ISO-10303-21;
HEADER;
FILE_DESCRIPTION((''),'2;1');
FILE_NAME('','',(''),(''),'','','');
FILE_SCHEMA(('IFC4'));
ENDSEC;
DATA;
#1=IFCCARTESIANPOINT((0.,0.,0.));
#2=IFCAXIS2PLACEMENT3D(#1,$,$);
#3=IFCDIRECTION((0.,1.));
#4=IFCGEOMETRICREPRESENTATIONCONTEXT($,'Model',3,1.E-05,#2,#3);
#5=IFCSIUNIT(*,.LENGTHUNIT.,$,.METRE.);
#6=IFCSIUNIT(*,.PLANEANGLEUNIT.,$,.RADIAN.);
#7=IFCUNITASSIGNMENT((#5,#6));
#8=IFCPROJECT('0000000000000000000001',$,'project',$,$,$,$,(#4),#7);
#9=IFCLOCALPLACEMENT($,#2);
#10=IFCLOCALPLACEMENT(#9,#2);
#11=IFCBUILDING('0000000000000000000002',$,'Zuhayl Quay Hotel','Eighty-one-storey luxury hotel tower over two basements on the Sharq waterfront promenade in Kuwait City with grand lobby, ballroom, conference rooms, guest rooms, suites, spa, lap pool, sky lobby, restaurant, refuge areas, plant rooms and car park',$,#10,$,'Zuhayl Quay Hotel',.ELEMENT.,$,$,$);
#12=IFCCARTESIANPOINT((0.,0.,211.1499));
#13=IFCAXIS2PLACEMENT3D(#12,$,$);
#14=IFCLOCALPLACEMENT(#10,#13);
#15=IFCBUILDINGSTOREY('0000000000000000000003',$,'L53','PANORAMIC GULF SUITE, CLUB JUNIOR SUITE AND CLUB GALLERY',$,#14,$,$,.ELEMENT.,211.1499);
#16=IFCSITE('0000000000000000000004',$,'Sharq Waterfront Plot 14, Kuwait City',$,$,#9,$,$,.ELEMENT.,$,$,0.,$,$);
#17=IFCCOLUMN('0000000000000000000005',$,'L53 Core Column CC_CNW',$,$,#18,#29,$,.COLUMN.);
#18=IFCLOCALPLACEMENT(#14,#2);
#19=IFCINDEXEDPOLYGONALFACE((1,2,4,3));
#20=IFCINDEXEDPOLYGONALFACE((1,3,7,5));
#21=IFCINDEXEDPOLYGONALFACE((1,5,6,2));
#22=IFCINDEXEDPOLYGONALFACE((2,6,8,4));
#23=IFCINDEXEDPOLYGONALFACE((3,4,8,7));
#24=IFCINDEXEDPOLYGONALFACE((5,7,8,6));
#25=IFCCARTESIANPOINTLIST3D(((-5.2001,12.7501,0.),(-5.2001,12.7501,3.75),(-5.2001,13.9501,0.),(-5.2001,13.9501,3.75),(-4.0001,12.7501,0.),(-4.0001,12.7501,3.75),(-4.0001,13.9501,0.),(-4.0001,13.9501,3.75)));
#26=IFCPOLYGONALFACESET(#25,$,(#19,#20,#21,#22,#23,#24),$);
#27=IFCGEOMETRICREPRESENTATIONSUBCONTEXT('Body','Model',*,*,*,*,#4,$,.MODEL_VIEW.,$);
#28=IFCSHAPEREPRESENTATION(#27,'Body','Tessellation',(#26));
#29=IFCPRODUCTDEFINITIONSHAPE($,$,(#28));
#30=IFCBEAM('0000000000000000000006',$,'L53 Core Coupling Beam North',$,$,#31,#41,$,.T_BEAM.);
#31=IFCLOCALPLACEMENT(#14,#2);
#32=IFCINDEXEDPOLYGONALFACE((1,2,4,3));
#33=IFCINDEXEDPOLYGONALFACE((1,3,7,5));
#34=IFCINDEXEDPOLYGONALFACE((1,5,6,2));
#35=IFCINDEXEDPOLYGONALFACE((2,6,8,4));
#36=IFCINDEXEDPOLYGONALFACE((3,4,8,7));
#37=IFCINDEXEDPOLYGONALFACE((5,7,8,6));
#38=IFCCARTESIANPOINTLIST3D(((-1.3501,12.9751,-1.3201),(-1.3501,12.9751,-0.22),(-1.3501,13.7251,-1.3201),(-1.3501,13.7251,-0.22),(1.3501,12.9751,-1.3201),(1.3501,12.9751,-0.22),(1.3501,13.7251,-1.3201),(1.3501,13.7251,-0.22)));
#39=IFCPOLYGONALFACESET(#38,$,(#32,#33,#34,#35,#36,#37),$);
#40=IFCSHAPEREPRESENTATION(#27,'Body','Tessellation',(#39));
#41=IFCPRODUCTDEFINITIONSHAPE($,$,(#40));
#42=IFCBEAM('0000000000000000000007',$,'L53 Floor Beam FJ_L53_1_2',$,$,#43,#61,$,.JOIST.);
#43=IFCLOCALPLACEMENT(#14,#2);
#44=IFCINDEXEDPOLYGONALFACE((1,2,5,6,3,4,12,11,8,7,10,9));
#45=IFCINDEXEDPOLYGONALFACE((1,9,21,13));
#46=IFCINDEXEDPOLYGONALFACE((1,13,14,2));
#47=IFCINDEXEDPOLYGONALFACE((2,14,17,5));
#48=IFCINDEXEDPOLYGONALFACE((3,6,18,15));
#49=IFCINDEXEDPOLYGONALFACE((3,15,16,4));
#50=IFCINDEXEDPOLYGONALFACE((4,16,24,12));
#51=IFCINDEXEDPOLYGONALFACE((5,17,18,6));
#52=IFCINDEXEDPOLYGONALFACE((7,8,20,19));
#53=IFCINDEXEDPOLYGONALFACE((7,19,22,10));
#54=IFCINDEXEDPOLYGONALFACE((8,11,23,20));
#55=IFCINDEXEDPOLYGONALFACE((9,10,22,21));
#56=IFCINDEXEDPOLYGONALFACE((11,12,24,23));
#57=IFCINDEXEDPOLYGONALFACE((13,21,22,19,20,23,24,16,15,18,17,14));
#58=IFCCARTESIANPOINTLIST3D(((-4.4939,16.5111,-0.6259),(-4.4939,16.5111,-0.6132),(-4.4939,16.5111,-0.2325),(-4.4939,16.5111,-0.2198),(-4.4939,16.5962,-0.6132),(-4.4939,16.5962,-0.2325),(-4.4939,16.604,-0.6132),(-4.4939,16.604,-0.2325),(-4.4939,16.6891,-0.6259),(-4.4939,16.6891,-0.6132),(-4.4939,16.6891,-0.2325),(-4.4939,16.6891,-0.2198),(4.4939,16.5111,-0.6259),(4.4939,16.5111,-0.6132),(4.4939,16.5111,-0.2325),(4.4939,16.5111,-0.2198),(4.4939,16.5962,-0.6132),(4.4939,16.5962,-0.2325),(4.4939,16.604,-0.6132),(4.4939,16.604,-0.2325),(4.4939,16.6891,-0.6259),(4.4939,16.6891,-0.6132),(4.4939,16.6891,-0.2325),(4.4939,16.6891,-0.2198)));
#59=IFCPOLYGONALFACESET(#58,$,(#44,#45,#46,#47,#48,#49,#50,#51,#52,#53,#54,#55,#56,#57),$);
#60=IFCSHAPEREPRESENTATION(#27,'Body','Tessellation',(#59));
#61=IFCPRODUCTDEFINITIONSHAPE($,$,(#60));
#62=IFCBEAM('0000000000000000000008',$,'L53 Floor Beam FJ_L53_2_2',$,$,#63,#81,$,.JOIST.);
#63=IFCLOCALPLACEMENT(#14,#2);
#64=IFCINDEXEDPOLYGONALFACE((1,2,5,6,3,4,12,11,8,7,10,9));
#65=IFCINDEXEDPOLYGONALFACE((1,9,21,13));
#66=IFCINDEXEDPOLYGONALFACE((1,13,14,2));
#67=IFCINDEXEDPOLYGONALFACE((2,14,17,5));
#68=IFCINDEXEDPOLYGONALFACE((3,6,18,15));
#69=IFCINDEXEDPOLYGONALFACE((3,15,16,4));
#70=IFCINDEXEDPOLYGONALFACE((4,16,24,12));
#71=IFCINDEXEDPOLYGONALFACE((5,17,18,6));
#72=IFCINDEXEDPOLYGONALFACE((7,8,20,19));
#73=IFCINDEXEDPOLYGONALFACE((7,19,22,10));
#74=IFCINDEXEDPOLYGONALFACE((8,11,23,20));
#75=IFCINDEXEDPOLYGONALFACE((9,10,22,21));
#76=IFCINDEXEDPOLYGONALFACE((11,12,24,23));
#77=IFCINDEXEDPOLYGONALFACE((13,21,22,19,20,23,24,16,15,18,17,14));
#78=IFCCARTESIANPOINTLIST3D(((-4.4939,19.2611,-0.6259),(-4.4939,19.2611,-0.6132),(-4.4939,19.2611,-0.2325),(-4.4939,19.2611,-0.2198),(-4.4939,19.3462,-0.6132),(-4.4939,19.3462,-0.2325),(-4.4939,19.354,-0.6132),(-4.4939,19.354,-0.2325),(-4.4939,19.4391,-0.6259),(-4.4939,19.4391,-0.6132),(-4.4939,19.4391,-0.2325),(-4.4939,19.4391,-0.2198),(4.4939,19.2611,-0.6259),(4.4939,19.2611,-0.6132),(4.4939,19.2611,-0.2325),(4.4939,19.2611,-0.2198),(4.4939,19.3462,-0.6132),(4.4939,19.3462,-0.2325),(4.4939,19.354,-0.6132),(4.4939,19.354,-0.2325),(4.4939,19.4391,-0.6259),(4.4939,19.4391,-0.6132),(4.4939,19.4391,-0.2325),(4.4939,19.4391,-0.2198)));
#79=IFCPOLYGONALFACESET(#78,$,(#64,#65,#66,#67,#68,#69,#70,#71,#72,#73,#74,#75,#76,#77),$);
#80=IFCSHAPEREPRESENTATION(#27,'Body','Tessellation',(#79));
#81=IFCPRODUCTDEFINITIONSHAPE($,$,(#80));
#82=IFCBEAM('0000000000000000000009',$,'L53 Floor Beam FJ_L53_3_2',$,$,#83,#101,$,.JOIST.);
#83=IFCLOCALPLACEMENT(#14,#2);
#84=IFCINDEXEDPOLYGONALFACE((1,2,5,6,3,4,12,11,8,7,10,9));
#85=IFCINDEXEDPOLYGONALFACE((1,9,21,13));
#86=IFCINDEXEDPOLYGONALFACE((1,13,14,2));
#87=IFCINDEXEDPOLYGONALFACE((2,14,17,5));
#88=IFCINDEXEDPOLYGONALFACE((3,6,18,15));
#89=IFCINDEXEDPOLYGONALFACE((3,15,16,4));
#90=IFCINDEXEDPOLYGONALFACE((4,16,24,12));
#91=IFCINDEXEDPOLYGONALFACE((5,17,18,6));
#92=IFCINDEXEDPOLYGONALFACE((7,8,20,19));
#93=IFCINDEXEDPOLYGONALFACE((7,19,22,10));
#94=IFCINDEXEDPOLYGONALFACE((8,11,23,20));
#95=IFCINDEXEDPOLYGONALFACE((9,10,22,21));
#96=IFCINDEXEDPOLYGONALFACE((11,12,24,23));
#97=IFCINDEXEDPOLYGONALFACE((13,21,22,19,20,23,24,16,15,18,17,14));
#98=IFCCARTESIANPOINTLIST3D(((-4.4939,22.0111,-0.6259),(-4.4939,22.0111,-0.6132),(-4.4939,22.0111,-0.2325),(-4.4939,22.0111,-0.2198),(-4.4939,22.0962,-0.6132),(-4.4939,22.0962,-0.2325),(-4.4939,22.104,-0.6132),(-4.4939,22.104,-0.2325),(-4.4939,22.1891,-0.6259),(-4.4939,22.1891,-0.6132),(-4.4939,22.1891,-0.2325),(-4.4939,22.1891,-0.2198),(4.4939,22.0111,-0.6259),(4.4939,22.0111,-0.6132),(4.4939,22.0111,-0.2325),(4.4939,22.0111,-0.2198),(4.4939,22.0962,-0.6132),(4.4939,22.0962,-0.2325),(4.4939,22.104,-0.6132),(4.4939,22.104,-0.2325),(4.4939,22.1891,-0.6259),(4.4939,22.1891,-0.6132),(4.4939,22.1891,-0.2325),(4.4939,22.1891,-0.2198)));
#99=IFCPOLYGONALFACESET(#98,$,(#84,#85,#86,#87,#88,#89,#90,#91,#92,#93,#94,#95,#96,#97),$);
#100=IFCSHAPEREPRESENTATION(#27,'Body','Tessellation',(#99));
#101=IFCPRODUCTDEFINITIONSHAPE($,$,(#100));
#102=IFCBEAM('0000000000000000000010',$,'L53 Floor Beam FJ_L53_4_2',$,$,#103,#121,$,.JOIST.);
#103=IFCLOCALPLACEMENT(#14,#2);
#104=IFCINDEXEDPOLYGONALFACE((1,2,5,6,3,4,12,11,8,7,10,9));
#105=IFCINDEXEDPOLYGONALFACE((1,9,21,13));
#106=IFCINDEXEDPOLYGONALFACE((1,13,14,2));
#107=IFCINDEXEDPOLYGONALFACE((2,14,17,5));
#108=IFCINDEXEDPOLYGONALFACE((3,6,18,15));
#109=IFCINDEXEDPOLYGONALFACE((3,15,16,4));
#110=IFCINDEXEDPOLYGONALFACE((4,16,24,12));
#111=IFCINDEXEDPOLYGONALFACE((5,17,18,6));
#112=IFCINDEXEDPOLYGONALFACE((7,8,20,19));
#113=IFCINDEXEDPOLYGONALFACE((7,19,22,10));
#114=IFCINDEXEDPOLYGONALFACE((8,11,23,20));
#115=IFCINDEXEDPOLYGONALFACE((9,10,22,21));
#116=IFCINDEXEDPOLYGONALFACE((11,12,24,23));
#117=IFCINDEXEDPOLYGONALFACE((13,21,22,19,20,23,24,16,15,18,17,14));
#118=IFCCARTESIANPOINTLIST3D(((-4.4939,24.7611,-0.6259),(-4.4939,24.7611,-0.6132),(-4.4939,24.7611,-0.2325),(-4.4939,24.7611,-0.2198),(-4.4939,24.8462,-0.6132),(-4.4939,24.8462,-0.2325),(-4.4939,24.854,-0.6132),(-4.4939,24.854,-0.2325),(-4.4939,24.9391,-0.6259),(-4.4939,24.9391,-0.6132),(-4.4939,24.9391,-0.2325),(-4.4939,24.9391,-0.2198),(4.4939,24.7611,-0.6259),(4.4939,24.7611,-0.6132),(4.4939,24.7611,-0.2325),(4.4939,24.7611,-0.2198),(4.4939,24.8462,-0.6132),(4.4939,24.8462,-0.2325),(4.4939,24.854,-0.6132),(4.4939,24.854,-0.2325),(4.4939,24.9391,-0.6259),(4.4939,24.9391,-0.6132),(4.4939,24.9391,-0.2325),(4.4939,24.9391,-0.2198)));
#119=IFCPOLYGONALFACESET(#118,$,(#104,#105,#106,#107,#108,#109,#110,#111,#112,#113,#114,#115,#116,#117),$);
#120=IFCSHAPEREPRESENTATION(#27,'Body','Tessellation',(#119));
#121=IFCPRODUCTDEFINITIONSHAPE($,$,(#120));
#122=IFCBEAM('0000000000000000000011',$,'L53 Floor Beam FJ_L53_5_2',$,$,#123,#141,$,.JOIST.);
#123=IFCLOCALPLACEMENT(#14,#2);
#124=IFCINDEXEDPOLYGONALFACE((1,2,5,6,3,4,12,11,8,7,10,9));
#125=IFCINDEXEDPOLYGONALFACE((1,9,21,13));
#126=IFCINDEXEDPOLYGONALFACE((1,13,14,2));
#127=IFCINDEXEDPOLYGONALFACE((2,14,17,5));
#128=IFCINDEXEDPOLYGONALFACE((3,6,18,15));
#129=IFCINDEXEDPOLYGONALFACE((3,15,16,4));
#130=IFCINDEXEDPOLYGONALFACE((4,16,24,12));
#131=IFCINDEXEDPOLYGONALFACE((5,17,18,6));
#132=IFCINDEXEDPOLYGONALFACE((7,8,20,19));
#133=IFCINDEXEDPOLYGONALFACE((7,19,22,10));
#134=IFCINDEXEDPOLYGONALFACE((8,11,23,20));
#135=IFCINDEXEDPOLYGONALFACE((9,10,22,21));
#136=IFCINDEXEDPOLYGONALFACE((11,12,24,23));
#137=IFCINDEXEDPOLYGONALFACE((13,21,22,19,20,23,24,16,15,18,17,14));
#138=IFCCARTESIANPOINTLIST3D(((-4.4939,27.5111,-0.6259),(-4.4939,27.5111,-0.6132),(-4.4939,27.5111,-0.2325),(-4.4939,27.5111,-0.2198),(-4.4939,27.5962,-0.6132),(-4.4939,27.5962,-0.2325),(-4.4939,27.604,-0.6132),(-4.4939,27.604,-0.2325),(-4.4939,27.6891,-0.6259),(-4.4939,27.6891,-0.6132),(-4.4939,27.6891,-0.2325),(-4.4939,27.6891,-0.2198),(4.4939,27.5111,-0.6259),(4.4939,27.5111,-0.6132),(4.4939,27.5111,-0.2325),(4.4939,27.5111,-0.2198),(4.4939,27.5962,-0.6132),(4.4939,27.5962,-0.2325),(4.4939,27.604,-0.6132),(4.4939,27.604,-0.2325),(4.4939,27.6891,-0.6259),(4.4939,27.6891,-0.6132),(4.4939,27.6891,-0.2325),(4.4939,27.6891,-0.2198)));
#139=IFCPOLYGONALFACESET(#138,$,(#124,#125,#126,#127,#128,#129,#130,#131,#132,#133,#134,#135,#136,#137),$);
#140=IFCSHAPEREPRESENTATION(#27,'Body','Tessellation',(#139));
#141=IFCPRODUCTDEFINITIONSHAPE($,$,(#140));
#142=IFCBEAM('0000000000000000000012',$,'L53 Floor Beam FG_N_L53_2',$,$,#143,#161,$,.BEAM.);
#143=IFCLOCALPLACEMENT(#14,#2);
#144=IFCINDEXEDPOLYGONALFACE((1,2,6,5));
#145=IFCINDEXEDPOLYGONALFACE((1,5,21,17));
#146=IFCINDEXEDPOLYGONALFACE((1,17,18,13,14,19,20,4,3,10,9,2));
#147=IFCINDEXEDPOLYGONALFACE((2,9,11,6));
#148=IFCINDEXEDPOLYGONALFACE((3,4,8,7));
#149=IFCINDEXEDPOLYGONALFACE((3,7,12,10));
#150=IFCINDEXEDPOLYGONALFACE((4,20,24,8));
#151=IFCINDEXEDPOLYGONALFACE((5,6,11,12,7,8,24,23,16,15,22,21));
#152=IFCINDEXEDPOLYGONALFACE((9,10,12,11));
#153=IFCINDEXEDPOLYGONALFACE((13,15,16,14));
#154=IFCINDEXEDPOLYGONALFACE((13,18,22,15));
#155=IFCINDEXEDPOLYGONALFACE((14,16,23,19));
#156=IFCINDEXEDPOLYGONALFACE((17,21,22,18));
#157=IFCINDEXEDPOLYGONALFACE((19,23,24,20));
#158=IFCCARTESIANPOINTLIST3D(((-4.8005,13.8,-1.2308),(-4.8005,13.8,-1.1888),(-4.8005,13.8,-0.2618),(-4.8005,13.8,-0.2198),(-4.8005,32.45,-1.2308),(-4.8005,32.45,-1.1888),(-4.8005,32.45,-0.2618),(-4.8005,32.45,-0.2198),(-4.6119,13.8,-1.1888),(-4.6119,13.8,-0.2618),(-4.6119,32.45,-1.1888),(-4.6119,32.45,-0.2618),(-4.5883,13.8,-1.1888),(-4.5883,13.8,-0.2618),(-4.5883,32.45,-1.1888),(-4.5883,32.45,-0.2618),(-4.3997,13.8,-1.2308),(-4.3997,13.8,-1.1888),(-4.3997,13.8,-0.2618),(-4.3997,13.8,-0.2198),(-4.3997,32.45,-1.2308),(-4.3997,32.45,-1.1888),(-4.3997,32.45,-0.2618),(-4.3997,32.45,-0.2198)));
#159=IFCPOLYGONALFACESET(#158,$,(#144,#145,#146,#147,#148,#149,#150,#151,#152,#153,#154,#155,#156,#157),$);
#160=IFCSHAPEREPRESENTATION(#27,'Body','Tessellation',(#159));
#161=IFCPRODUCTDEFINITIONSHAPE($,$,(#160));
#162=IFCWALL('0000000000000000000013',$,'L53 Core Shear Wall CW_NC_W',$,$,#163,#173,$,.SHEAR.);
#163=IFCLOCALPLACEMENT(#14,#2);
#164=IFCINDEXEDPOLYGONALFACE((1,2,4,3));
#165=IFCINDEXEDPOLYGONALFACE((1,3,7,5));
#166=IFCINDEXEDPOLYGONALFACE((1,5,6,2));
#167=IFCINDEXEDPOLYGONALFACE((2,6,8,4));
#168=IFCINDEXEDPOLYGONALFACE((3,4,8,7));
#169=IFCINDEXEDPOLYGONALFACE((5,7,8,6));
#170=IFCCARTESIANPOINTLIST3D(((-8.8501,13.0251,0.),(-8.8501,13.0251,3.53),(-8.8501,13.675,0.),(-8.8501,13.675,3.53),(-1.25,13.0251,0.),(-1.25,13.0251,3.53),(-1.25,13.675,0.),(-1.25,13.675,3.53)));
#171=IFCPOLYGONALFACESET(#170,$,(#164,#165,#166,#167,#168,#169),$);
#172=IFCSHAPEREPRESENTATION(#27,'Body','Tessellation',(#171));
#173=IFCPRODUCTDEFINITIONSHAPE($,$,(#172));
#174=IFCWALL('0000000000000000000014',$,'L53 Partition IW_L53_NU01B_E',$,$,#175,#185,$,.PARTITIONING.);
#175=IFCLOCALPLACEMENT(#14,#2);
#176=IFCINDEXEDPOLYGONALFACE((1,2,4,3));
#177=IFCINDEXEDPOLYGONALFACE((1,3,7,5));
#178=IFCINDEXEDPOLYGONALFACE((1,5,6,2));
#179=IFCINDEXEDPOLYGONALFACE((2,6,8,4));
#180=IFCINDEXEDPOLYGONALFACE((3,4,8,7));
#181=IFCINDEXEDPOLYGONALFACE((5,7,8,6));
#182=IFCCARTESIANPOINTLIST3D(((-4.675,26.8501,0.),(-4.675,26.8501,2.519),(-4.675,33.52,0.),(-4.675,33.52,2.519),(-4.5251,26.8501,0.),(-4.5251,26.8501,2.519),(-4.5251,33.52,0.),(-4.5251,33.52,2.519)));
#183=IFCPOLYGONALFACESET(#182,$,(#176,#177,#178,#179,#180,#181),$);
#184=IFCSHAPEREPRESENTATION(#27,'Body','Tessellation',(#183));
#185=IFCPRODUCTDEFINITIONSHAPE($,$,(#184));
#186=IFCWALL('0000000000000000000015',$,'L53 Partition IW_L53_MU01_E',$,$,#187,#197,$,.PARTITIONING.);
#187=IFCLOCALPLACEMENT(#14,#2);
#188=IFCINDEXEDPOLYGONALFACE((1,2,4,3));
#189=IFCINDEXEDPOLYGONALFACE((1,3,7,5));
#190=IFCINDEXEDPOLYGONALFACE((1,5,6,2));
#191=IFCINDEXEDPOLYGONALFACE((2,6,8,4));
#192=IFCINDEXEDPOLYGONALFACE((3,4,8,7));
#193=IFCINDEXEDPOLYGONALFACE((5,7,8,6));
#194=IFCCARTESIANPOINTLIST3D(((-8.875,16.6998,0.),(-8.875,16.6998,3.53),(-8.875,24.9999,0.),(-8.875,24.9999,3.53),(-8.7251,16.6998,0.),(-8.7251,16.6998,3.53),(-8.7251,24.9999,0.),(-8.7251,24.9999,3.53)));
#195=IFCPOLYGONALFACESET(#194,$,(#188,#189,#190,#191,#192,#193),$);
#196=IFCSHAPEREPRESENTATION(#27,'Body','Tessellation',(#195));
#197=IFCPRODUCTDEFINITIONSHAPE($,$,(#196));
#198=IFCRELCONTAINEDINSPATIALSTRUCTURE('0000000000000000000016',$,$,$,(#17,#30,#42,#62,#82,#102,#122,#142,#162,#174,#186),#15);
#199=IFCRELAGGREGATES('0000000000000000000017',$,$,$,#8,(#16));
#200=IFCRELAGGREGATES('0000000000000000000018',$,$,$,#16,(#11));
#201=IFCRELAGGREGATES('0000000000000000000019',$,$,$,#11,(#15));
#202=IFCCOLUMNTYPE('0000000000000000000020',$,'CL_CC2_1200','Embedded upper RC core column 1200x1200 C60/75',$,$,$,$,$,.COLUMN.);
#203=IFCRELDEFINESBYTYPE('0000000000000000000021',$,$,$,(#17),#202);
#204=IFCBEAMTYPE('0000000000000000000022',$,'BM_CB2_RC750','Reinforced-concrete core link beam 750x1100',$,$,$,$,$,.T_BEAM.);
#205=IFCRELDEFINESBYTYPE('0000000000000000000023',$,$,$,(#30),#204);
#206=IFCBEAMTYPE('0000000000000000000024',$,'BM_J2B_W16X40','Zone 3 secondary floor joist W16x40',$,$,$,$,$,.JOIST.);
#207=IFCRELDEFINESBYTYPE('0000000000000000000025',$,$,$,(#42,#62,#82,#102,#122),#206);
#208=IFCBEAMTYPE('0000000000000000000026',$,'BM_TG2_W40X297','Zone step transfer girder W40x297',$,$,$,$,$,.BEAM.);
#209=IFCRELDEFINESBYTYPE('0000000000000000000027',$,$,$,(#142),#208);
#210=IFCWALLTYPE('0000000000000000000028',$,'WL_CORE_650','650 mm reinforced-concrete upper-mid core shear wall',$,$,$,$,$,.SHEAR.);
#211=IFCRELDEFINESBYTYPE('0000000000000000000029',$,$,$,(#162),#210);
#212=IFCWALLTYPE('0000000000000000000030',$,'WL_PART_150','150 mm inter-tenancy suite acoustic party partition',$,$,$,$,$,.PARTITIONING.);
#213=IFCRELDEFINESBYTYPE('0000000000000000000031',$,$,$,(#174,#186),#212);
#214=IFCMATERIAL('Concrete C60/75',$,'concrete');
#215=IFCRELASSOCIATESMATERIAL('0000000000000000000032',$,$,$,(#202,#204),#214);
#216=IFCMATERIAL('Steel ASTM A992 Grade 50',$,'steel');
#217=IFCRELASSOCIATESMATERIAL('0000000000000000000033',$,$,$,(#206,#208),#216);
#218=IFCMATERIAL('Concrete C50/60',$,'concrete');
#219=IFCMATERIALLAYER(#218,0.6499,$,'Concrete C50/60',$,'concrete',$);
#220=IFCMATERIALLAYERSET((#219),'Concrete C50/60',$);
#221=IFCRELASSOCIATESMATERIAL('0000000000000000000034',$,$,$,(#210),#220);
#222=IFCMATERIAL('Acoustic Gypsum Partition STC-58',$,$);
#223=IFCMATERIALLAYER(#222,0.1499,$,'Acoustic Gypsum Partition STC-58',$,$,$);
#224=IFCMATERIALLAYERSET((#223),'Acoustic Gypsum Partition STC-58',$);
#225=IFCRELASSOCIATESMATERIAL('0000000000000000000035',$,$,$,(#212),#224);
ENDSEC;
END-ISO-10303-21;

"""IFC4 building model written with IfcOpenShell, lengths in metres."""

from ifc_helpers import new_model, si_unit, direction, frame, frame_2d, origin, origin_2d, place, context, subcontext, project, spatial, rectangle, i_section, extrude, material, layer, layer_set, material_profile, profile_set, type_object, element, save


model = new_model("IFC4")

# Units and contexts
model_context = context("Model", 3, precision=1e-05, world=origin(), true_north=direction((0.0, 1.0)))
body_context = subcontext(model_context, "Body", "Model", "MODEL_VIEW")
ifc_project = project(units=[si_unit("LENGTHUNIT", "METRE"), si_unit("PLANEANGLEUNIT", "RADIAN")], contexts=[model_context])

# Site, building, storey
site_placement = place(None, origin())
site = spatial("IfcSite", under=ifc_project, at=site_placement, Name="Sharq Waterfront Plot 14, Kuwait City", CompositionType="ELEMENT", RefElevation=0.0)
building_placement = place(site_placement, origin())
building = spatial("IfcBuilding", under=site, at=building_placement, Name="Zuhayl Quay Hotel", Description="Eighty-one-storey luxury hotel tower over two basements on the Sharq waterfront promenade in Kuwait City with grand lobby, ballroom, conference rooms, guest rooms, suites, spa, lap pool, sky lobby, restaurant, refuge areas, plant rooms and car park", LongName="Zuhayl Quay Hotel", CompositionType="ELEMENT")
storey_placement = place(building_placement, frame((0.0, 0.0, 211.1499)))
storey = spatial("IfcBuildingStorey", under=building, at=storey_placement, Name="L53", Description="PANORAMIC GULF SUITE, CLUB JUNIOR SUITE AND CLUB GALLERY", CompositionType="ELEMENT", Elevation=211.1499)

# Column
ifc_material_1 = material(Name="Concrete C60/75", Category="concrete")
ifc_material_profile_1 = material_profile(ifc_material_1, rectangle(XDim=1.2, YDim=1.2, at=origin_2d()), Name="RC1200X1200")
ifc_profile_set_1 = profile_set([ifc_material_profile_1], Name="Concrete C60/75")
column_type = type_object("IfcColumnType", Name="CL_CC2_1200", Description="Embedded upper RC core column 1200x1200 C60/75", PredefinedType="COLUMN", material=ifc_profile_set_1)
column_placement = place(storey_placement, frame((-4.6001, 13.3501, 0.0), z_axis=(0.0, 0.0, 1.0), x_axis=(1.0, 0.0, 0.0)))
element("IfcColumn", 1, at=column_placement, inside=storey, type_object=column_type, Name="L53 Core Column CC_CNW", PredefinedType="COLUMN", context=body_context, shape_type="SweptSolid", body=[
    extrude(rectangle(XDim=1.2, YDim=1.2, at=origin_2d()), origin(), (0.0, 0.0, 1.0), 3.75),
])

# Beams
ifc_material_profile_2 = material_profile(ifc_material_1, rectangle(XDim=0.75, YDim=1.1001, at=origin_2d()), Name="RC750X1100")
ifc_profile_set_2 = profile_set([ifc_material_profile_2], Name="Concrete C60/75")
beam_type_1 = type_object("IfcBeamType", Name="BM_CB2_RC750", Description="Reinforced-concrete core link beam 750x1100", PredefinedType="T_BEAM", material=ifc_profile_set_2)
beam_1_placement = place(storey_placement, frame((-1.3501, 13.3501, -0.77), z_axis=(1.0, 0.0, 0.0), x_axis=(0.0, 1.0, 0.0)))
element("IfcBeam", 2, at=beam_1_placement, inside=storey, type_object=beam_type_1, Name="L53 Core Coupling Beam North", PredefinedType="T_BEAM", context=body_context, shape_type="SweptSolid", body=[
    extrude(rectangle(XDim=0.75, YDim=1.1001, at=origin_2d()), origin(), (0.0, 0.0, 1.0), 2.7002),
])
ifc_material_2 = material(Name="Steel ASTM A992 Grade 50", Category="steel")
ifc_material_profile_3 = material_profile(ifc_material_2, i_section(OverallWidth=0.178, OverallDepth=0.406, WebThickness=0.0078, FlangeThickness=0.0127, at=origin_2d()), Name="W16X40")
ifc_profile_set_3 = profile_set([ifc_material_profile_3], Name="Steel ASTM A992 Grade 50")
beam_type_2 = type_object("IfcBeamType", Name="BM_J2B_W16X40", Description="Zone 3 secondary floor joist W16x40", PredefinedType="JOIST", material=ifc_profile_set_3)
for number, where, z_axis, x_axis, name in (
    (3, (-4.4939, 16.6001, -0.4229), (1.0, 0.0, 0.0), (0.0, 1.0, 0.0), "L53 Floor Beam FJ_L53_1_2"),
    (4, (-4.4939, 19.3501, -0.4229), (1.0, 0.0, 0.0), (0.0, 1.0, 0.0), "L53 Floor Beam FJ_L53_2_2"),
    (5, (-4.4939, 22.1001, -0.4229), (1.0, 0.0, 0.0), (0.0, 1.0, 0.0), "L53 Floor Beam FJ_L53_3_2"),
    (6, (-4.4939, 24.8501, -0.4229), (1.0, 0.0, 0.0), (0.0, 1.0, 0.0), "L53 Floor Beam FJ_L53_4_2"),
    (7, (-4.4939, 27.6001, -0.4229), (1.0, 0.0, 0.0), (0.0, 1.0, 0.0), "L53 Floor Beam FJ_L53_5_2"),
):
    element("IfcBeam", number, at=place(storey_placement, frame(where, z_axis=z_axis, x_axis=x_axis)), inside=storey, type_object=beam_type_2, Name=name, PredefinedType="JOIST", context=body_context, shape_type="SweptSolid", body=[
        extrude(i_section(OverallWidth=0.178, OverallDepth=0.406, WebThickness=0.0078, FlangeThickness=0.0127, at=origin_2d()), origin(), (0.0, 0.0, 1.0), 8.9878),
    ])
ifc_material_profile_4 = material_profile(ifc_material_2, i_section(OverallWidth=0.4009, OverallDepth=1.011, WebThickness=0.0237, FlangeThickness=0.042, at=origin_2d()), Name="W40X297")
ifc_profile_set_4 = profile_set([ifc_material_profile_4], Name="Steel ASTM A992 Grade 50")
beam_type_3 = type_object("IfcBeamType", Name="BM_TG2_W40X297", Description="Zone step transfer girder W40x297", PredefinedType="BEAM", material=ifc_profile_set_4)
beam_2_placement = place(storey_placement, frame((-4.6001, 13.8, -0.7253), z_axis=(0.0, 1.0, 0.0), x_axis=(-1.0, 0.0, 0.0)))
element("IfcBeam", 8, at=beam_2_placement, inside=storey, type_object=beam_type_3, Name="L53 Floor Beam FG_N_L53_2", PredefinedType="BEAM", context=body_context, shape_type="SweptSolid", body=[
    extrude(i_section(OverallWidth=0.4009, OverallDepth=1.011, WebThickness=0.0237, FlangeThickness=0.042, at=origin_2d()), origin(), (0.0, 0.0, 1.0), 18.6499),
])

# Walls
ifc_material_3 = material(Name="Concrete C50/60", Category="concrete")
ifc_layer_1 = layer(ifc_material_3, 0.6499, Name="Concrete C50/60", Category="concrete")
ifc_layer_set_1 = layer_set([ifc_layer_1], Name="Concrete C50/60")
wall_type_1 = type_object("IfcWallType", Name="WL_CORE_650", Description="650 mm reinforced-concrete upper-mid core shear wall", PredefinedType="SHEAR", material=ifc_layer_set_1)
wall_1_placement = place(storey_placement, frame((-8.8501, 13.3501, 0.0), z_axis=(0.0, 0.0, 1.0), x_axis=(1.0, 0.0, 0.0)))
element("IfcWall", 9, at=wall_1_placement, inside=storey, type_object=wall_type_1, Name="L53 Core Shear Wall CW_NC_W", PredefinedType="SHEAR", context=body_context, shape_type="SweptSolid", body=[
    extrude(rectangle(XDim=7.6001, YDim=0.6499, at=frame_2d((3.8, 0.0))), origin(), (0.0, 0.0, 1.0), 3.53),
])
ifc_material_4 = material(Name="Acoustic Gypsum Partition STC-58")
ifc_layer_2 = layer(ifc_material_4, 0.1499, Name="Acoustic Gypsum Partition STC-58")
ifc_layer_set_2 = layer_set([ifc_layer_2], Name="Acoustic Gypsum Partition STC-58")
wall_type_2 = type_object("IfcWallType", Name="WL_PART_150", Description="150 mm inter-tenancy suite acoustic party partition", PredefinedType="PARTITIONING", material=ifc_layer_set_2)
wall_2_placement = place(storey_placement, frame((-4.6001, 26.8501, 0.0), z_axis=(0.0, 0.0, 1.0), x_axis=(0.0, 1.0, 0.0)))
element("IfcWall", 10, at=wall_2_placement, inside=storey, type_object=wall_type_2, Name="L53 Partition IW_L53_NU01B_E", PredefinedType="PARTITIONING", context=body_context, shape_type="SweptSolid", body=[
    extrude(rectangle(XDim=6.6699, YDim=0.1499, at=frame_2d((3.335, 0.0))), origin(), (0.0, 0.0, 1.0), 2.519),
])
wall_3_placement = place(storey_placement, frame((-8.8, 16.7, 0.0), z_axis=(0.0, 0.0, 1.0), x_axis=(0.0, 1.0, 0.0)))
element("IfcWall", 11, at=wall_3_placement, inside=storey, type_object=wall_type_2, Name="L53 Partition IW_L53_MU01_E", PredefinedType="PARTITIONING", context=body_context, shape_type="SweptSolid", body=[
    extrude(rectangle(XDim=8.3, YDim=0.1499, at=frame_2d((4.1499, 0.0))), origin(), (0.0, 0.0, 1.0), 3.53),
])

save(model, "model.ifc")
